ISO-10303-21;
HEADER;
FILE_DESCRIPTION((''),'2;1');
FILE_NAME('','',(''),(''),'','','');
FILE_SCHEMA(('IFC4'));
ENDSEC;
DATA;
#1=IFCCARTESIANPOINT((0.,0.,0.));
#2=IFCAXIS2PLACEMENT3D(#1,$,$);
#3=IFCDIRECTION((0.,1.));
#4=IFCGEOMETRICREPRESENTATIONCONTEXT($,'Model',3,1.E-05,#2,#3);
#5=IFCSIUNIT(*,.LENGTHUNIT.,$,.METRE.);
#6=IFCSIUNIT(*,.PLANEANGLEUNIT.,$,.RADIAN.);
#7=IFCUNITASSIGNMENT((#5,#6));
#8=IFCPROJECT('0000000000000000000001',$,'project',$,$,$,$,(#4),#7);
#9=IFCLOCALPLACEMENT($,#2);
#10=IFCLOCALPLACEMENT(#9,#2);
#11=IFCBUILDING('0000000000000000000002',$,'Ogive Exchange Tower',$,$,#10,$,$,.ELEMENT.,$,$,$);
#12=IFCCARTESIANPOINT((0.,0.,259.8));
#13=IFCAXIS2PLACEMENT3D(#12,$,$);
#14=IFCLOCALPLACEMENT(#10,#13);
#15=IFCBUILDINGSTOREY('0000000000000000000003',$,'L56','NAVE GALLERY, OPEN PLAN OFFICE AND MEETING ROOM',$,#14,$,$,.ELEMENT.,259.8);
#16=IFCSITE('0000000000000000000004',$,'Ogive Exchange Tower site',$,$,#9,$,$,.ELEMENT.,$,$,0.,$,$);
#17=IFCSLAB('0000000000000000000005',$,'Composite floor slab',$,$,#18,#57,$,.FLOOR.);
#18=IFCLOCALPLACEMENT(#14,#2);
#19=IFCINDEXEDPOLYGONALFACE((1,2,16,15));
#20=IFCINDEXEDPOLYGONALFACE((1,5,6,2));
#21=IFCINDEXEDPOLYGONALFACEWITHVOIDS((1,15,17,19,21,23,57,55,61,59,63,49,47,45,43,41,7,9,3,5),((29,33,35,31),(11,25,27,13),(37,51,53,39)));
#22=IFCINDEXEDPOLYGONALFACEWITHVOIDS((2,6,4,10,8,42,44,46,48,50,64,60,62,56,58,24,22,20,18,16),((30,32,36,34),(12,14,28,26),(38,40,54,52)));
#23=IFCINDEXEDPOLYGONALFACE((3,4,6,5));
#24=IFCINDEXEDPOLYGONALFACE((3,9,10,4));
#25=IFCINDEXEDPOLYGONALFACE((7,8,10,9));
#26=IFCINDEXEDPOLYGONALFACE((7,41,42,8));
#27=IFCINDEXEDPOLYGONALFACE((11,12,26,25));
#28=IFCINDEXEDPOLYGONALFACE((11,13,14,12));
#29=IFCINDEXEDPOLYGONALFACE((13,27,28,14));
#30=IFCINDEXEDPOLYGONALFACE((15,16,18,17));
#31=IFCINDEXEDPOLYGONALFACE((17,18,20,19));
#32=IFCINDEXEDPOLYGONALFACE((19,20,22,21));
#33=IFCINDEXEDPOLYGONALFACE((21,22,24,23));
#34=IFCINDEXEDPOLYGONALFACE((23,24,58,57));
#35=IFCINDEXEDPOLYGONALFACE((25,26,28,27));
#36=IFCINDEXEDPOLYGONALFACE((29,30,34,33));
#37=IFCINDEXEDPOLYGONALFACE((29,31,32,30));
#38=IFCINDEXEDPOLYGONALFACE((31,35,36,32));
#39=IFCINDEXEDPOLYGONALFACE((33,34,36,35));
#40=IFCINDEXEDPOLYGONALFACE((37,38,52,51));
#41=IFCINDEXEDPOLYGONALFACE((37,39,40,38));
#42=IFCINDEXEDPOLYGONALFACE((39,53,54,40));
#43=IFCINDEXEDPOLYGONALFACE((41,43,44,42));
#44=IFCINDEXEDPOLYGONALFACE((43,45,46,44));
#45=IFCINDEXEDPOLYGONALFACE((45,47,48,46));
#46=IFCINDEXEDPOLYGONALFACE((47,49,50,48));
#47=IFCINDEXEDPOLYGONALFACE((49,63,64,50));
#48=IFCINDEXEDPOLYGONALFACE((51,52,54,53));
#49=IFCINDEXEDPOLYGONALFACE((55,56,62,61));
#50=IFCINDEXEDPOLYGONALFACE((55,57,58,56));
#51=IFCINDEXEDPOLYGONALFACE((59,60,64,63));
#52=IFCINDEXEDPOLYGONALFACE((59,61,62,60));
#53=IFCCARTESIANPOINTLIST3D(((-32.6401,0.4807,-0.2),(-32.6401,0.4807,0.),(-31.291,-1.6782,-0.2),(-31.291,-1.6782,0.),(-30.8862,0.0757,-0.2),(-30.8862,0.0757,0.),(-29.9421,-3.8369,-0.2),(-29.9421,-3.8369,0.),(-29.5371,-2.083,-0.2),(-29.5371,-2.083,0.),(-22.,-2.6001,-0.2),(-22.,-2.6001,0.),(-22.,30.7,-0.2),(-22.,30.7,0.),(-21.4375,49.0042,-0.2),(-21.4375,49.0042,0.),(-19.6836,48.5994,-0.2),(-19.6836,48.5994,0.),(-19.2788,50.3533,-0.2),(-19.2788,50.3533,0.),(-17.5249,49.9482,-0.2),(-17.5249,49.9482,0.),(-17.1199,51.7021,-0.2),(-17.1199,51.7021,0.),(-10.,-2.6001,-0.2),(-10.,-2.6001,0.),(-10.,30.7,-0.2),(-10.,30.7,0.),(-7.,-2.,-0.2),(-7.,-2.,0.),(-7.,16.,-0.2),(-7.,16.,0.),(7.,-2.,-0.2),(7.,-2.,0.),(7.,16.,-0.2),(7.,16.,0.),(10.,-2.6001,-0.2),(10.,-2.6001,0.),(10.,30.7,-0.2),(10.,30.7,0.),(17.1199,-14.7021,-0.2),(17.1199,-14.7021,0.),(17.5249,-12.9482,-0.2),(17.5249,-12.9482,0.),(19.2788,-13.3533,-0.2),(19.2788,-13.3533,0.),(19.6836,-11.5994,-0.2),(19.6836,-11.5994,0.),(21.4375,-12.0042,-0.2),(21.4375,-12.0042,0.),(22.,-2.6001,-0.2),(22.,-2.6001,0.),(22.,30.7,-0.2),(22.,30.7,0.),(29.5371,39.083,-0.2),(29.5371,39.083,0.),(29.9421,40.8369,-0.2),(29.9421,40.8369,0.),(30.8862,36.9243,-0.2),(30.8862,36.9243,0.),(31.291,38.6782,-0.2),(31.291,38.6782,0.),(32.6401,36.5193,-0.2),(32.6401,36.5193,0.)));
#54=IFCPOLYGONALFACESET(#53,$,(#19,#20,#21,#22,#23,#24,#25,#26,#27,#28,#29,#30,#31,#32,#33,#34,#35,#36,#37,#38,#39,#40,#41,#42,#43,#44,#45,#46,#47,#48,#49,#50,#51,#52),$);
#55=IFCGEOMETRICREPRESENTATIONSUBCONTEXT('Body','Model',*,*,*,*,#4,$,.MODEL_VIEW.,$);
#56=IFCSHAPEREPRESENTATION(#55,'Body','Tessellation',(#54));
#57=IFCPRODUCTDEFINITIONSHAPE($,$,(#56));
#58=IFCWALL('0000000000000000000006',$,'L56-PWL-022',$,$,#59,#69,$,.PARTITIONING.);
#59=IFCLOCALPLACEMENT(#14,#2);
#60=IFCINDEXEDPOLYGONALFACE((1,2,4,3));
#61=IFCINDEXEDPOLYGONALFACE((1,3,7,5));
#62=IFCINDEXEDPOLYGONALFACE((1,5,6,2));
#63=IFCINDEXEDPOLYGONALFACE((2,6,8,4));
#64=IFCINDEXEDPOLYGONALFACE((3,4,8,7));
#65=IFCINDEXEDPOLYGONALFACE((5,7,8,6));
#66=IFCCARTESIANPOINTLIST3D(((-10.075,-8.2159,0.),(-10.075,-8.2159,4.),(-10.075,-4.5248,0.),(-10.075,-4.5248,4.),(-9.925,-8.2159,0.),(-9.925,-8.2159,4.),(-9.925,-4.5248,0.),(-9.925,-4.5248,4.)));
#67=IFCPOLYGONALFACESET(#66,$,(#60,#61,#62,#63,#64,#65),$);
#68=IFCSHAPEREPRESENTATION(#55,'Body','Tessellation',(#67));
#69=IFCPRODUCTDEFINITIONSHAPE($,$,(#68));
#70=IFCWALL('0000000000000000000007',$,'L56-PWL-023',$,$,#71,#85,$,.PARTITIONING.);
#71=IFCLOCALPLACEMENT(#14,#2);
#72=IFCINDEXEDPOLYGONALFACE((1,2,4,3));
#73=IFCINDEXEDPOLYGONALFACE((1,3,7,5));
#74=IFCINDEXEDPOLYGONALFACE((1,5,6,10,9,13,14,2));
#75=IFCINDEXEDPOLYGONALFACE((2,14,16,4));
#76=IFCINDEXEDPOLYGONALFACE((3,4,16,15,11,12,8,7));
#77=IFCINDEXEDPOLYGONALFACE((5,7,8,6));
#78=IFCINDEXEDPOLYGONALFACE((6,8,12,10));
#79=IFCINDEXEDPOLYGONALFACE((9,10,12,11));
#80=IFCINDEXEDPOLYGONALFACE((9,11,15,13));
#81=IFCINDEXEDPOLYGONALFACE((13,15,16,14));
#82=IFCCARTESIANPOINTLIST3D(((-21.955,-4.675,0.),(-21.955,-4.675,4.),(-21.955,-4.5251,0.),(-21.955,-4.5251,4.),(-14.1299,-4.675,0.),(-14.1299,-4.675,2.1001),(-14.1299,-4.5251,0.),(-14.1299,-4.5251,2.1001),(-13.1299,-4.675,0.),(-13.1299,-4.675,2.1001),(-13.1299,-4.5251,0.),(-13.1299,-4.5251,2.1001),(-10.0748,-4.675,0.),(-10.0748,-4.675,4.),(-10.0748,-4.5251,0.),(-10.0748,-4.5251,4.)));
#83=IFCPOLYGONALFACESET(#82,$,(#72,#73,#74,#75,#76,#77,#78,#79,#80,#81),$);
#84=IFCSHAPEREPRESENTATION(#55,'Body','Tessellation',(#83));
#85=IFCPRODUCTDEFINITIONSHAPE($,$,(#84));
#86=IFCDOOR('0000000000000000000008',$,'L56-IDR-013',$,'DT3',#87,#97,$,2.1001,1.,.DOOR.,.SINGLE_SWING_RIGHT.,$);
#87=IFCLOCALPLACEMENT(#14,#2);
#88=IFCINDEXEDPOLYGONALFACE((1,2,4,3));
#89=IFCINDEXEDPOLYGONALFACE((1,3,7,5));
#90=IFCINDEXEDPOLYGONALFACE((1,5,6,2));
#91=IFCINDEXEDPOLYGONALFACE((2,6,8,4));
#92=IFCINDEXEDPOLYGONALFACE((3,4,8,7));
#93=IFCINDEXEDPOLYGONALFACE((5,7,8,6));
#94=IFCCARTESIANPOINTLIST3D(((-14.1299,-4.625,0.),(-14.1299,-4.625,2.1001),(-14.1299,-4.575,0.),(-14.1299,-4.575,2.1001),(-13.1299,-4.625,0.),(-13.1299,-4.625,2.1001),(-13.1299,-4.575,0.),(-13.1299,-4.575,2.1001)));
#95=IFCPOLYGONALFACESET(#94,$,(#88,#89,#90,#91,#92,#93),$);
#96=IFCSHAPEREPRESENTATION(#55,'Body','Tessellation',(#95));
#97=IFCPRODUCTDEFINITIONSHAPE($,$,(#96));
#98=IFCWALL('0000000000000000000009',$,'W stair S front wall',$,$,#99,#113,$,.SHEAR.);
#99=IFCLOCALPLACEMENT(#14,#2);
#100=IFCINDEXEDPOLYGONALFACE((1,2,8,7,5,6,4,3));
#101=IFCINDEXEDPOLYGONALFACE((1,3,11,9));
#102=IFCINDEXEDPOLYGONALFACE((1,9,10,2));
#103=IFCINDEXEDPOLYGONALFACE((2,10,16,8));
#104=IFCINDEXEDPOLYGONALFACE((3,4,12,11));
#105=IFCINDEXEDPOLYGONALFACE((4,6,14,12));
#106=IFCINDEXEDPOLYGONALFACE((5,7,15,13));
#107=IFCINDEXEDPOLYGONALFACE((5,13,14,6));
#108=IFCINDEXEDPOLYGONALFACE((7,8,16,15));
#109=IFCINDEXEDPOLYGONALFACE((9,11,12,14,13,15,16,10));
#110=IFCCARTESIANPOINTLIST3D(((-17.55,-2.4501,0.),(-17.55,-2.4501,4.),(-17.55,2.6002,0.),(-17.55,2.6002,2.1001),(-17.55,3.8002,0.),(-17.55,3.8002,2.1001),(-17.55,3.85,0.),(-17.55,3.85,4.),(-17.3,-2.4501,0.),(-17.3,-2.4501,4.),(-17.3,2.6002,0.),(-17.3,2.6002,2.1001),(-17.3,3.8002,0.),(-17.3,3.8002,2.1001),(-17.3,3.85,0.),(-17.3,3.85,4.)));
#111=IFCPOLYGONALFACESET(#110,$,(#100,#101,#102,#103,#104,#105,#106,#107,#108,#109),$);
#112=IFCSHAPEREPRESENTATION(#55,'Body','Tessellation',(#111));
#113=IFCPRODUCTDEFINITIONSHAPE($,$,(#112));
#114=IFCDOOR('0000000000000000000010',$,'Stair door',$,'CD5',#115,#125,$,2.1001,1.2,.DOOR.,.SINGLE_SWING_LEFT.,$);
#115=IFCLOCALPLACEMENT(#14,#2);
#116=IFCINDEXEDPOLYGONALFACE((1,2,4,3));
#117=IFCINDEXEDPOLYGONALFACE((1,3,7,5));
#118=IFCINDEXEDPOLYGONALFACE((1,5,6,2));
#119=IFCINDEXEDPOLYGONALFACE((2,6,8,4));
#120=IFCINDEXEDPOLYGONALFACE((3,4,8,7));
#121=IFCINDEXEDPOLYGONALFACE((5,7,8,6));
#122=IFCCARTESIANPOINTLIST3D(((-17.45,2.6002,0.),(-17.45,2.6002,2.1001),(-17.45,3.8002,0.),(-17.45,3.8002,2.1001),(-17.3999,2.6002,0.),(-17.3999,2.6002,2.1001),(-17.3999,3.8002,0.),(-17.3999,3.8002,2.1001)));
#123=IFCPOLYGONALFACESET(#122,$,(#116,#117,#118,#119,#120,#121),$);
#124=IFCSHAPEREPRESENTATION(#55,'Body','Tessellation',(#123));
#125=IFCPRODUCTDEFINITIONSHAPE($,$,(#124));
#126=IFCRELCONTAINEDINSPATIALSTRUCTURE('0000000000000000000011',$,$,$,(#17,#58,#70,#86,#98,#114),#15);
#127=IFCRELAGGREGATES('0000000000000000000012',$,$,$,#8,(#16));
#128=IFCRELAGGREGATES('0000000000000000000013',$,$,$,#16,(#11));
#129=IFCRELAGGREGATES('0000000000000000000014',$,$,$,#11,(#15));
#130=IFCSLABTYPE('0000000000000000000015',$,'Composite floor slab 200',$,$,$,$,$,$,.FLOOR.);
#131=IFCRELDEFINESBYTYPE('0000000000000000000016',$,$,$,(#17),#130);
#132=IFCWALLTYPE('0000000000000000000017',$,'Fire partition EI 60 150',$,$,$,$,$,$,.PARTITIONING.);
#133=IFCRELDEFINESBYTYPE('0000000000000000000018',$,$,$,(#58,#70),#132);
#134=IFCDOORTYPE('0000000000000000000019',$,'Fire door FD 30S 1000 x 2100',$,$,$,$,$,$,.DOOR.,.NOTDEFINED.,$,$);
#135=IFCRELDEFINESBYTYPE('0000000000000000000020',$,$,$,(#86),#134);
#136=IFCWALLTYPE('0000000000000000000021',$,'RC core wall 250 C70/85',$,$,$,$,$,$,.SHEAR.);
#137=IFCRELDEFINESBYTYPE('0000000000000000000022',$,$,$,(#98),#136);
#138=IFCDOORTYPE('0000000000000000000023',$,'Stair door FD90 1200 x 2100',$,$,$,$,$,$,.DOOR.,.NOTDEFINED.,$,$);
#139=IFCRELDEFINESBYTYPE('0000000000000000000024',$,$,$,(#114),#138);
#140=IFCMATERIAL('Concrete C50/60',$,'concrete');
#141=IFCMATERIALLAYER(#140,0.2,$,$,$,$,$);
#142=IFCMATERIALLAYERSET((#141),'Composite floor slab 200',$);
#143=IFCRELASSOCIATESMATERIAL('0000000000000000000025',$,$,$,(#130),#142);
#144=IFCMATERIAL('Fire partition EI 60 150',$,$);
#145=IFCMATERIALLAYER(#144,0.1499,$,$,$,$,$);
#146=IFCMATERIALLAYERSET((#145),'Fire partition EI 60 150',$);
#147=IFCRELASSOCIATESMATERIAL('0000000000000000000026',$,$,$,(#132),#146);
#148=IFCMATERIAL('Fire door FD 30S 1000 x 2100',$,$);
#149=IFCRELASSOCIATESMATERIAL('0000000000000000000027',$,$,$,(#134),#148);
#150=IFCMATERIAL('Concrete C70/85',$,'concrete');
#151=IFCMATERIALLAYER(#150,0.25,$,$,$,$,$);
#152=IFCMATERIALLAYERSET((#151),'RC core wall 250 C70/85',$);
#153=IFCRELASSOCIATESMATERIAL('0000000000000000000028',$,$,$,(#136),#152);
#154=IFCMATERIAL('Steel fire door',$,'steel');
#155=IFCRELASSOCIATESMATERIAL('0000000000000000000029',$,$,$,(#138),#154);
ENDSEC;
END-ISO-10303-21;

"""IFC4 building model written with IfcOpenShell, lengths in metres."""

from ifc_helpers import new_model, si_unit, direction, frame, frame_2d, origin, place, context, subcontext, project, spatial, polyline, rectangle, outline, extrude, material, layer, layer_set, type_object, element, fill, save


model = new_model("IFC4")

# Units and contexts
model_context = context("Model", 3, precision=1e-05, world=origin(), true_north=direction((0.0, 1.0)))
body_context = subcontext(model_context, "Body", "Model", "MODEL_VIEW")
ifc_project = project(units=[si_unit("LENGTHUNIT", "METRE"), si_unit("PLANEANGLEUNIT", "RADIAN")], contexts=[model_context])

# Site, building, storey
site_placement = place(None, origin())
site = spatial("IfcSite", under=ifc_project, at=site_placement, Name="Ogive Exchange Tower site", CompositionType="ELEMENT", RefElevation=0.0)
building_placement = place(site_placement, origin())
building = spatial("IfcBuilding", under=site, at=building_placement, Name="Ogive Exchange Tower", CompositionType="ELEMENT")
storey_placement = place(building_placement, frame((0.0, 0.0, 259.8)))
storey = spatial("IfcBuildingStorey", under=building, at=storey_placement, Name="L56", Description="NAVE GALLERY, OPEN PLAN OFFICE AND MEETING ROOM", CompositionType="ELEMENT", Elevation=259.8)

# Slab
ifc_material_1 = material(Name="Concrete C50/60", Category="concrete")
ifc_layer_1 = layer(ifc_material_1, 0.2)
ifc_layer_set_1 = layer_set([ifc_layer_1], Name="Composite floor slab 200")
slab_type = type_object("IfcSlabType", Name="Composite floor slab 200", PredefinedType="FLOOR", material=ifc_layer_set_1)
slab_placement = place(storey_placement, frame((0.0, 0.0, -0.2)))
element("IfcSlab", 1, at=slab_placement, inside=storey, type_object=slab_type, Name="Composite floor slab", PredefinedType="FLOOR", context=body_context, shape_type="SweptSolid", body=[
    extrude(outline(polyline([(-29.5371, -2.083), (-31.291, -1.6782), (-30.8862, 0.0757), (-32.6401, 0.4807), (-21.4375, 49.0042), (-19.6836, 48.5994), (-19.2788, 50.3533), (-17.5249, 49.9482), (-17.1199, 51.7021), (29.9421, 40.8369), (29.5371, 39.083), (31.291, 38.6782), (30.8862, 36.9243), (32.6401, 36.5193), (21.4375, -12.0042), (19.6836, -11.5994), (19.2788, -13.3533), (17.5249, -12.9482), (17.1199, -14.7021), (-29.9421, -3.8369), (-29.5371, -2.083)]), holes=[polyline([(7.0, -2.0), (7.0, 16.0), (-7.0, 16.0), (-7.0, -2.0), (7.0, -2.0)]), polyline([(-22.0, -2.6001), (-10.0, -2.6001), (-10.0, 30.7), (-22.0, 30.7), (-22.0, -2.6001)]), polyline([(10.0, -2.6001), (22.0, -2.6001), (22.0, 30.7), (10.0, 30.7), (10.0, -2.6001)])]), origin(), (0.0, 0.0, 1.0), 0.2),
])

# Wall
ifc_material_2 = material(Name="Fire partition EI 60 150")
ifc_layer_2 = layer(ifc_material_2, 0.1499)
ifc_layer_set_2 = layer_set([ifc_layer_2], Name="Fire partition EI 60 150")
wall_type_1 = type_object("IfcWallType", Name="Fire partition EI 60 150", PredefinedType="PARTITIONING", material=ifc_layer_set_2)
wall_1_placement = place(storey_placement, frame((-10.0, -8.2161, 0.0), z_axis=(0.0, 0.0, 1.0), x_axis=(0.0, 1.0, 0.0)))
element("IfcWall", 2, at=wall_1_placement, inside=storey, type_object=wall_type_1, Name="L56-PWL-022", PredefinedType="PARTITIONING", context=body_context, shape_type="SweptSolid", body=[
    extrude(rectangle(XDim=3.6912, YDim=0.1499, at=frame_2d((1.8457, 0.0))), origin(), (0.0, 0.0, 1.0), 4.0),
])

# Walls, openings, doors
wall_2_placement = place(storey_placement, frame((-10.075, -4.6001, 0.0), z_axis=(0.0, 0.0, 1.0), x_axis=(-1.0, 0.0, 0.0)))
wall_2 = element("IfcWall", 3, at=wall_2_placement, inside=storey, type_object=wall_type_1, Name="L56-PWL-023", PredefinedType="PARTITIONING", context=body_context, shape_type="SweptSolid", body=[
    extrude(rectangle(XDim=11.8801, YDim=0.1499, at=frame_2d((5.9399, 0.0))), origin(), (0.0, 0.0, 1.0), 4.0),
])
opening_1_placement = place(wall_2_placement, frame((3.0549, 0.0, 0.0)))
opening_1 = element("IfcOpeningElement", 4, at=opening_1_placement, cuts=wall_2, PredefinedType="OPENING", context=body_context, shape_type="SweptSolid", body=[
    extrude(rectangle(XDim=1.0, YDim=2.1001, at=frame_2d((0.5, 1.05))), frame((0.0, 0.085, 0.0), z_axis=(0.0, -1.0, 0.0), x_axis=(1.0, 0.0, 0.0)), (0.0, 0.0, 1.0), 0.1699),
])
ifc_material_3 = material(Name="Fire door FD 30S 1000 x 2100")
door_type_1 = type_object("IfcDoorType", Name="Fire door FD 30S 1000 x 2100", OperationType="NOTDEFINED", PredefinedType="DOOR", material=ifc_material_3)
door_1_placement = place(opening_1_placement, origin())
door_1 = element("IfcDoor", 5, at=door_1_placement, inside=storey, type_object=door_type_1, Name="L56-IDR-013", ObjectType="DT3", OperationType="SINGLE_SWING_RIGHT", OverallHeight=2.1001, OverallWidth=1.0, PredefinedType="DOOR", context=body_context, shape_type="SweptSolid", body=[
    extrude(rectangle(XDim=1.0, YDim=2.1001, at=frame_2d((0.5, 1.05))), frame((0.0, 0.0249, 0.0), z_axis=(0.0, -1.0, 0.0), x_axis=(1.0, 0.0, 0.0)), (0.0, 0.0, 1.0), 0.05),
])
fill(opening_1, door_1)
ifc_material_4 = material(Name="Concrete C70/85", Category="concrete")
ifc_layer_3 = layer(ifc_material_4, 0.25)
ifc_layer_set_3 = layer_set([ifc_layer_3], Name="RC core wall 250 C70/85")
wall_type_2 = type_object("IfcWallType", Name="RC core wall 250 C70/85", PredefinedType="SHEAR", material=ifc_layer_set_3)
wall_3_placement = place(storey_placement, frame((-17.425, -2.45, 0.0), z_axis=(0.0, 0.0, 1.0), x_axis=(0.0, 1.0, 0.0)))
wall_3 = element("IfcWall", 6, at=wall_3_placement, inside=storey, type_object=wall_type_2, Name="W stair S front wall", PredefinedType="SHEAR", context=body_context, shape_type="SweptSolid", body=[
    extrude(rectangle(XDim=6.3, YDim=0.25, at=frame_2d((3.1499, 0.0))), origin(), (0.0, 0.0, 1.0), 4.0),
])
opening_2_placement = place(wall_3_placement, frame((5.05, 0.0, 0.0)))
opening_2 = element("IfcOpeningElement", 7, at=opening_2_placement, cuts=wall_3, PredefinedType="OPENING", context=body_context, shape_type="SweptSolid", body=[
    extrude(rectangle(XDim=1.2, YDim=2.1001, at=frame_2d((0.6001, 1.05))), frame((0.0, 0.135, 0.0), z_axis=(0.0, -1.0, 0.0), x_axis=(1.0, 0.0, 0.0)), (0.0, 0.0, 1.0), 0.27),
])
ifc_material_5 = material(Name="Steel fire door", Category="steel")
door_type_2 = type_object("IfcDoorType", Name="Stair door FD90 1200 x 2100", OperationType="NOTDEFINED", PredefinedType="DOOR", material=ifc_material_5)
door_2_placement = place(opening_2_placement, origin())
door_2 = element("IfcDoor", 8, at=door_2_placement, inside=storey, type_object=door_type_2, Name="Stair door", ObjectType="CD5", OperationType="SINGLE_SWING_LEFT", OverallHeight=2.1001, OverallWidth=1.2, PredefinedType="DOOR", context=body_context, shape_type="SweptSolid", body=[
    extrude(rectangle(XDim=1.2, YDim=2.1001, at=frame_2d((0.6001, 1.05))), frame((0.0, 0.0249, 0.0), z_axis=(0.0, -1.0, 0.0), x_axis=(1.0, 0.0, 0.0)), (0.0, 0.0, 1.0), 0.05),
])
fill(opening_2, door_2)

save(model, "model.ifc")
